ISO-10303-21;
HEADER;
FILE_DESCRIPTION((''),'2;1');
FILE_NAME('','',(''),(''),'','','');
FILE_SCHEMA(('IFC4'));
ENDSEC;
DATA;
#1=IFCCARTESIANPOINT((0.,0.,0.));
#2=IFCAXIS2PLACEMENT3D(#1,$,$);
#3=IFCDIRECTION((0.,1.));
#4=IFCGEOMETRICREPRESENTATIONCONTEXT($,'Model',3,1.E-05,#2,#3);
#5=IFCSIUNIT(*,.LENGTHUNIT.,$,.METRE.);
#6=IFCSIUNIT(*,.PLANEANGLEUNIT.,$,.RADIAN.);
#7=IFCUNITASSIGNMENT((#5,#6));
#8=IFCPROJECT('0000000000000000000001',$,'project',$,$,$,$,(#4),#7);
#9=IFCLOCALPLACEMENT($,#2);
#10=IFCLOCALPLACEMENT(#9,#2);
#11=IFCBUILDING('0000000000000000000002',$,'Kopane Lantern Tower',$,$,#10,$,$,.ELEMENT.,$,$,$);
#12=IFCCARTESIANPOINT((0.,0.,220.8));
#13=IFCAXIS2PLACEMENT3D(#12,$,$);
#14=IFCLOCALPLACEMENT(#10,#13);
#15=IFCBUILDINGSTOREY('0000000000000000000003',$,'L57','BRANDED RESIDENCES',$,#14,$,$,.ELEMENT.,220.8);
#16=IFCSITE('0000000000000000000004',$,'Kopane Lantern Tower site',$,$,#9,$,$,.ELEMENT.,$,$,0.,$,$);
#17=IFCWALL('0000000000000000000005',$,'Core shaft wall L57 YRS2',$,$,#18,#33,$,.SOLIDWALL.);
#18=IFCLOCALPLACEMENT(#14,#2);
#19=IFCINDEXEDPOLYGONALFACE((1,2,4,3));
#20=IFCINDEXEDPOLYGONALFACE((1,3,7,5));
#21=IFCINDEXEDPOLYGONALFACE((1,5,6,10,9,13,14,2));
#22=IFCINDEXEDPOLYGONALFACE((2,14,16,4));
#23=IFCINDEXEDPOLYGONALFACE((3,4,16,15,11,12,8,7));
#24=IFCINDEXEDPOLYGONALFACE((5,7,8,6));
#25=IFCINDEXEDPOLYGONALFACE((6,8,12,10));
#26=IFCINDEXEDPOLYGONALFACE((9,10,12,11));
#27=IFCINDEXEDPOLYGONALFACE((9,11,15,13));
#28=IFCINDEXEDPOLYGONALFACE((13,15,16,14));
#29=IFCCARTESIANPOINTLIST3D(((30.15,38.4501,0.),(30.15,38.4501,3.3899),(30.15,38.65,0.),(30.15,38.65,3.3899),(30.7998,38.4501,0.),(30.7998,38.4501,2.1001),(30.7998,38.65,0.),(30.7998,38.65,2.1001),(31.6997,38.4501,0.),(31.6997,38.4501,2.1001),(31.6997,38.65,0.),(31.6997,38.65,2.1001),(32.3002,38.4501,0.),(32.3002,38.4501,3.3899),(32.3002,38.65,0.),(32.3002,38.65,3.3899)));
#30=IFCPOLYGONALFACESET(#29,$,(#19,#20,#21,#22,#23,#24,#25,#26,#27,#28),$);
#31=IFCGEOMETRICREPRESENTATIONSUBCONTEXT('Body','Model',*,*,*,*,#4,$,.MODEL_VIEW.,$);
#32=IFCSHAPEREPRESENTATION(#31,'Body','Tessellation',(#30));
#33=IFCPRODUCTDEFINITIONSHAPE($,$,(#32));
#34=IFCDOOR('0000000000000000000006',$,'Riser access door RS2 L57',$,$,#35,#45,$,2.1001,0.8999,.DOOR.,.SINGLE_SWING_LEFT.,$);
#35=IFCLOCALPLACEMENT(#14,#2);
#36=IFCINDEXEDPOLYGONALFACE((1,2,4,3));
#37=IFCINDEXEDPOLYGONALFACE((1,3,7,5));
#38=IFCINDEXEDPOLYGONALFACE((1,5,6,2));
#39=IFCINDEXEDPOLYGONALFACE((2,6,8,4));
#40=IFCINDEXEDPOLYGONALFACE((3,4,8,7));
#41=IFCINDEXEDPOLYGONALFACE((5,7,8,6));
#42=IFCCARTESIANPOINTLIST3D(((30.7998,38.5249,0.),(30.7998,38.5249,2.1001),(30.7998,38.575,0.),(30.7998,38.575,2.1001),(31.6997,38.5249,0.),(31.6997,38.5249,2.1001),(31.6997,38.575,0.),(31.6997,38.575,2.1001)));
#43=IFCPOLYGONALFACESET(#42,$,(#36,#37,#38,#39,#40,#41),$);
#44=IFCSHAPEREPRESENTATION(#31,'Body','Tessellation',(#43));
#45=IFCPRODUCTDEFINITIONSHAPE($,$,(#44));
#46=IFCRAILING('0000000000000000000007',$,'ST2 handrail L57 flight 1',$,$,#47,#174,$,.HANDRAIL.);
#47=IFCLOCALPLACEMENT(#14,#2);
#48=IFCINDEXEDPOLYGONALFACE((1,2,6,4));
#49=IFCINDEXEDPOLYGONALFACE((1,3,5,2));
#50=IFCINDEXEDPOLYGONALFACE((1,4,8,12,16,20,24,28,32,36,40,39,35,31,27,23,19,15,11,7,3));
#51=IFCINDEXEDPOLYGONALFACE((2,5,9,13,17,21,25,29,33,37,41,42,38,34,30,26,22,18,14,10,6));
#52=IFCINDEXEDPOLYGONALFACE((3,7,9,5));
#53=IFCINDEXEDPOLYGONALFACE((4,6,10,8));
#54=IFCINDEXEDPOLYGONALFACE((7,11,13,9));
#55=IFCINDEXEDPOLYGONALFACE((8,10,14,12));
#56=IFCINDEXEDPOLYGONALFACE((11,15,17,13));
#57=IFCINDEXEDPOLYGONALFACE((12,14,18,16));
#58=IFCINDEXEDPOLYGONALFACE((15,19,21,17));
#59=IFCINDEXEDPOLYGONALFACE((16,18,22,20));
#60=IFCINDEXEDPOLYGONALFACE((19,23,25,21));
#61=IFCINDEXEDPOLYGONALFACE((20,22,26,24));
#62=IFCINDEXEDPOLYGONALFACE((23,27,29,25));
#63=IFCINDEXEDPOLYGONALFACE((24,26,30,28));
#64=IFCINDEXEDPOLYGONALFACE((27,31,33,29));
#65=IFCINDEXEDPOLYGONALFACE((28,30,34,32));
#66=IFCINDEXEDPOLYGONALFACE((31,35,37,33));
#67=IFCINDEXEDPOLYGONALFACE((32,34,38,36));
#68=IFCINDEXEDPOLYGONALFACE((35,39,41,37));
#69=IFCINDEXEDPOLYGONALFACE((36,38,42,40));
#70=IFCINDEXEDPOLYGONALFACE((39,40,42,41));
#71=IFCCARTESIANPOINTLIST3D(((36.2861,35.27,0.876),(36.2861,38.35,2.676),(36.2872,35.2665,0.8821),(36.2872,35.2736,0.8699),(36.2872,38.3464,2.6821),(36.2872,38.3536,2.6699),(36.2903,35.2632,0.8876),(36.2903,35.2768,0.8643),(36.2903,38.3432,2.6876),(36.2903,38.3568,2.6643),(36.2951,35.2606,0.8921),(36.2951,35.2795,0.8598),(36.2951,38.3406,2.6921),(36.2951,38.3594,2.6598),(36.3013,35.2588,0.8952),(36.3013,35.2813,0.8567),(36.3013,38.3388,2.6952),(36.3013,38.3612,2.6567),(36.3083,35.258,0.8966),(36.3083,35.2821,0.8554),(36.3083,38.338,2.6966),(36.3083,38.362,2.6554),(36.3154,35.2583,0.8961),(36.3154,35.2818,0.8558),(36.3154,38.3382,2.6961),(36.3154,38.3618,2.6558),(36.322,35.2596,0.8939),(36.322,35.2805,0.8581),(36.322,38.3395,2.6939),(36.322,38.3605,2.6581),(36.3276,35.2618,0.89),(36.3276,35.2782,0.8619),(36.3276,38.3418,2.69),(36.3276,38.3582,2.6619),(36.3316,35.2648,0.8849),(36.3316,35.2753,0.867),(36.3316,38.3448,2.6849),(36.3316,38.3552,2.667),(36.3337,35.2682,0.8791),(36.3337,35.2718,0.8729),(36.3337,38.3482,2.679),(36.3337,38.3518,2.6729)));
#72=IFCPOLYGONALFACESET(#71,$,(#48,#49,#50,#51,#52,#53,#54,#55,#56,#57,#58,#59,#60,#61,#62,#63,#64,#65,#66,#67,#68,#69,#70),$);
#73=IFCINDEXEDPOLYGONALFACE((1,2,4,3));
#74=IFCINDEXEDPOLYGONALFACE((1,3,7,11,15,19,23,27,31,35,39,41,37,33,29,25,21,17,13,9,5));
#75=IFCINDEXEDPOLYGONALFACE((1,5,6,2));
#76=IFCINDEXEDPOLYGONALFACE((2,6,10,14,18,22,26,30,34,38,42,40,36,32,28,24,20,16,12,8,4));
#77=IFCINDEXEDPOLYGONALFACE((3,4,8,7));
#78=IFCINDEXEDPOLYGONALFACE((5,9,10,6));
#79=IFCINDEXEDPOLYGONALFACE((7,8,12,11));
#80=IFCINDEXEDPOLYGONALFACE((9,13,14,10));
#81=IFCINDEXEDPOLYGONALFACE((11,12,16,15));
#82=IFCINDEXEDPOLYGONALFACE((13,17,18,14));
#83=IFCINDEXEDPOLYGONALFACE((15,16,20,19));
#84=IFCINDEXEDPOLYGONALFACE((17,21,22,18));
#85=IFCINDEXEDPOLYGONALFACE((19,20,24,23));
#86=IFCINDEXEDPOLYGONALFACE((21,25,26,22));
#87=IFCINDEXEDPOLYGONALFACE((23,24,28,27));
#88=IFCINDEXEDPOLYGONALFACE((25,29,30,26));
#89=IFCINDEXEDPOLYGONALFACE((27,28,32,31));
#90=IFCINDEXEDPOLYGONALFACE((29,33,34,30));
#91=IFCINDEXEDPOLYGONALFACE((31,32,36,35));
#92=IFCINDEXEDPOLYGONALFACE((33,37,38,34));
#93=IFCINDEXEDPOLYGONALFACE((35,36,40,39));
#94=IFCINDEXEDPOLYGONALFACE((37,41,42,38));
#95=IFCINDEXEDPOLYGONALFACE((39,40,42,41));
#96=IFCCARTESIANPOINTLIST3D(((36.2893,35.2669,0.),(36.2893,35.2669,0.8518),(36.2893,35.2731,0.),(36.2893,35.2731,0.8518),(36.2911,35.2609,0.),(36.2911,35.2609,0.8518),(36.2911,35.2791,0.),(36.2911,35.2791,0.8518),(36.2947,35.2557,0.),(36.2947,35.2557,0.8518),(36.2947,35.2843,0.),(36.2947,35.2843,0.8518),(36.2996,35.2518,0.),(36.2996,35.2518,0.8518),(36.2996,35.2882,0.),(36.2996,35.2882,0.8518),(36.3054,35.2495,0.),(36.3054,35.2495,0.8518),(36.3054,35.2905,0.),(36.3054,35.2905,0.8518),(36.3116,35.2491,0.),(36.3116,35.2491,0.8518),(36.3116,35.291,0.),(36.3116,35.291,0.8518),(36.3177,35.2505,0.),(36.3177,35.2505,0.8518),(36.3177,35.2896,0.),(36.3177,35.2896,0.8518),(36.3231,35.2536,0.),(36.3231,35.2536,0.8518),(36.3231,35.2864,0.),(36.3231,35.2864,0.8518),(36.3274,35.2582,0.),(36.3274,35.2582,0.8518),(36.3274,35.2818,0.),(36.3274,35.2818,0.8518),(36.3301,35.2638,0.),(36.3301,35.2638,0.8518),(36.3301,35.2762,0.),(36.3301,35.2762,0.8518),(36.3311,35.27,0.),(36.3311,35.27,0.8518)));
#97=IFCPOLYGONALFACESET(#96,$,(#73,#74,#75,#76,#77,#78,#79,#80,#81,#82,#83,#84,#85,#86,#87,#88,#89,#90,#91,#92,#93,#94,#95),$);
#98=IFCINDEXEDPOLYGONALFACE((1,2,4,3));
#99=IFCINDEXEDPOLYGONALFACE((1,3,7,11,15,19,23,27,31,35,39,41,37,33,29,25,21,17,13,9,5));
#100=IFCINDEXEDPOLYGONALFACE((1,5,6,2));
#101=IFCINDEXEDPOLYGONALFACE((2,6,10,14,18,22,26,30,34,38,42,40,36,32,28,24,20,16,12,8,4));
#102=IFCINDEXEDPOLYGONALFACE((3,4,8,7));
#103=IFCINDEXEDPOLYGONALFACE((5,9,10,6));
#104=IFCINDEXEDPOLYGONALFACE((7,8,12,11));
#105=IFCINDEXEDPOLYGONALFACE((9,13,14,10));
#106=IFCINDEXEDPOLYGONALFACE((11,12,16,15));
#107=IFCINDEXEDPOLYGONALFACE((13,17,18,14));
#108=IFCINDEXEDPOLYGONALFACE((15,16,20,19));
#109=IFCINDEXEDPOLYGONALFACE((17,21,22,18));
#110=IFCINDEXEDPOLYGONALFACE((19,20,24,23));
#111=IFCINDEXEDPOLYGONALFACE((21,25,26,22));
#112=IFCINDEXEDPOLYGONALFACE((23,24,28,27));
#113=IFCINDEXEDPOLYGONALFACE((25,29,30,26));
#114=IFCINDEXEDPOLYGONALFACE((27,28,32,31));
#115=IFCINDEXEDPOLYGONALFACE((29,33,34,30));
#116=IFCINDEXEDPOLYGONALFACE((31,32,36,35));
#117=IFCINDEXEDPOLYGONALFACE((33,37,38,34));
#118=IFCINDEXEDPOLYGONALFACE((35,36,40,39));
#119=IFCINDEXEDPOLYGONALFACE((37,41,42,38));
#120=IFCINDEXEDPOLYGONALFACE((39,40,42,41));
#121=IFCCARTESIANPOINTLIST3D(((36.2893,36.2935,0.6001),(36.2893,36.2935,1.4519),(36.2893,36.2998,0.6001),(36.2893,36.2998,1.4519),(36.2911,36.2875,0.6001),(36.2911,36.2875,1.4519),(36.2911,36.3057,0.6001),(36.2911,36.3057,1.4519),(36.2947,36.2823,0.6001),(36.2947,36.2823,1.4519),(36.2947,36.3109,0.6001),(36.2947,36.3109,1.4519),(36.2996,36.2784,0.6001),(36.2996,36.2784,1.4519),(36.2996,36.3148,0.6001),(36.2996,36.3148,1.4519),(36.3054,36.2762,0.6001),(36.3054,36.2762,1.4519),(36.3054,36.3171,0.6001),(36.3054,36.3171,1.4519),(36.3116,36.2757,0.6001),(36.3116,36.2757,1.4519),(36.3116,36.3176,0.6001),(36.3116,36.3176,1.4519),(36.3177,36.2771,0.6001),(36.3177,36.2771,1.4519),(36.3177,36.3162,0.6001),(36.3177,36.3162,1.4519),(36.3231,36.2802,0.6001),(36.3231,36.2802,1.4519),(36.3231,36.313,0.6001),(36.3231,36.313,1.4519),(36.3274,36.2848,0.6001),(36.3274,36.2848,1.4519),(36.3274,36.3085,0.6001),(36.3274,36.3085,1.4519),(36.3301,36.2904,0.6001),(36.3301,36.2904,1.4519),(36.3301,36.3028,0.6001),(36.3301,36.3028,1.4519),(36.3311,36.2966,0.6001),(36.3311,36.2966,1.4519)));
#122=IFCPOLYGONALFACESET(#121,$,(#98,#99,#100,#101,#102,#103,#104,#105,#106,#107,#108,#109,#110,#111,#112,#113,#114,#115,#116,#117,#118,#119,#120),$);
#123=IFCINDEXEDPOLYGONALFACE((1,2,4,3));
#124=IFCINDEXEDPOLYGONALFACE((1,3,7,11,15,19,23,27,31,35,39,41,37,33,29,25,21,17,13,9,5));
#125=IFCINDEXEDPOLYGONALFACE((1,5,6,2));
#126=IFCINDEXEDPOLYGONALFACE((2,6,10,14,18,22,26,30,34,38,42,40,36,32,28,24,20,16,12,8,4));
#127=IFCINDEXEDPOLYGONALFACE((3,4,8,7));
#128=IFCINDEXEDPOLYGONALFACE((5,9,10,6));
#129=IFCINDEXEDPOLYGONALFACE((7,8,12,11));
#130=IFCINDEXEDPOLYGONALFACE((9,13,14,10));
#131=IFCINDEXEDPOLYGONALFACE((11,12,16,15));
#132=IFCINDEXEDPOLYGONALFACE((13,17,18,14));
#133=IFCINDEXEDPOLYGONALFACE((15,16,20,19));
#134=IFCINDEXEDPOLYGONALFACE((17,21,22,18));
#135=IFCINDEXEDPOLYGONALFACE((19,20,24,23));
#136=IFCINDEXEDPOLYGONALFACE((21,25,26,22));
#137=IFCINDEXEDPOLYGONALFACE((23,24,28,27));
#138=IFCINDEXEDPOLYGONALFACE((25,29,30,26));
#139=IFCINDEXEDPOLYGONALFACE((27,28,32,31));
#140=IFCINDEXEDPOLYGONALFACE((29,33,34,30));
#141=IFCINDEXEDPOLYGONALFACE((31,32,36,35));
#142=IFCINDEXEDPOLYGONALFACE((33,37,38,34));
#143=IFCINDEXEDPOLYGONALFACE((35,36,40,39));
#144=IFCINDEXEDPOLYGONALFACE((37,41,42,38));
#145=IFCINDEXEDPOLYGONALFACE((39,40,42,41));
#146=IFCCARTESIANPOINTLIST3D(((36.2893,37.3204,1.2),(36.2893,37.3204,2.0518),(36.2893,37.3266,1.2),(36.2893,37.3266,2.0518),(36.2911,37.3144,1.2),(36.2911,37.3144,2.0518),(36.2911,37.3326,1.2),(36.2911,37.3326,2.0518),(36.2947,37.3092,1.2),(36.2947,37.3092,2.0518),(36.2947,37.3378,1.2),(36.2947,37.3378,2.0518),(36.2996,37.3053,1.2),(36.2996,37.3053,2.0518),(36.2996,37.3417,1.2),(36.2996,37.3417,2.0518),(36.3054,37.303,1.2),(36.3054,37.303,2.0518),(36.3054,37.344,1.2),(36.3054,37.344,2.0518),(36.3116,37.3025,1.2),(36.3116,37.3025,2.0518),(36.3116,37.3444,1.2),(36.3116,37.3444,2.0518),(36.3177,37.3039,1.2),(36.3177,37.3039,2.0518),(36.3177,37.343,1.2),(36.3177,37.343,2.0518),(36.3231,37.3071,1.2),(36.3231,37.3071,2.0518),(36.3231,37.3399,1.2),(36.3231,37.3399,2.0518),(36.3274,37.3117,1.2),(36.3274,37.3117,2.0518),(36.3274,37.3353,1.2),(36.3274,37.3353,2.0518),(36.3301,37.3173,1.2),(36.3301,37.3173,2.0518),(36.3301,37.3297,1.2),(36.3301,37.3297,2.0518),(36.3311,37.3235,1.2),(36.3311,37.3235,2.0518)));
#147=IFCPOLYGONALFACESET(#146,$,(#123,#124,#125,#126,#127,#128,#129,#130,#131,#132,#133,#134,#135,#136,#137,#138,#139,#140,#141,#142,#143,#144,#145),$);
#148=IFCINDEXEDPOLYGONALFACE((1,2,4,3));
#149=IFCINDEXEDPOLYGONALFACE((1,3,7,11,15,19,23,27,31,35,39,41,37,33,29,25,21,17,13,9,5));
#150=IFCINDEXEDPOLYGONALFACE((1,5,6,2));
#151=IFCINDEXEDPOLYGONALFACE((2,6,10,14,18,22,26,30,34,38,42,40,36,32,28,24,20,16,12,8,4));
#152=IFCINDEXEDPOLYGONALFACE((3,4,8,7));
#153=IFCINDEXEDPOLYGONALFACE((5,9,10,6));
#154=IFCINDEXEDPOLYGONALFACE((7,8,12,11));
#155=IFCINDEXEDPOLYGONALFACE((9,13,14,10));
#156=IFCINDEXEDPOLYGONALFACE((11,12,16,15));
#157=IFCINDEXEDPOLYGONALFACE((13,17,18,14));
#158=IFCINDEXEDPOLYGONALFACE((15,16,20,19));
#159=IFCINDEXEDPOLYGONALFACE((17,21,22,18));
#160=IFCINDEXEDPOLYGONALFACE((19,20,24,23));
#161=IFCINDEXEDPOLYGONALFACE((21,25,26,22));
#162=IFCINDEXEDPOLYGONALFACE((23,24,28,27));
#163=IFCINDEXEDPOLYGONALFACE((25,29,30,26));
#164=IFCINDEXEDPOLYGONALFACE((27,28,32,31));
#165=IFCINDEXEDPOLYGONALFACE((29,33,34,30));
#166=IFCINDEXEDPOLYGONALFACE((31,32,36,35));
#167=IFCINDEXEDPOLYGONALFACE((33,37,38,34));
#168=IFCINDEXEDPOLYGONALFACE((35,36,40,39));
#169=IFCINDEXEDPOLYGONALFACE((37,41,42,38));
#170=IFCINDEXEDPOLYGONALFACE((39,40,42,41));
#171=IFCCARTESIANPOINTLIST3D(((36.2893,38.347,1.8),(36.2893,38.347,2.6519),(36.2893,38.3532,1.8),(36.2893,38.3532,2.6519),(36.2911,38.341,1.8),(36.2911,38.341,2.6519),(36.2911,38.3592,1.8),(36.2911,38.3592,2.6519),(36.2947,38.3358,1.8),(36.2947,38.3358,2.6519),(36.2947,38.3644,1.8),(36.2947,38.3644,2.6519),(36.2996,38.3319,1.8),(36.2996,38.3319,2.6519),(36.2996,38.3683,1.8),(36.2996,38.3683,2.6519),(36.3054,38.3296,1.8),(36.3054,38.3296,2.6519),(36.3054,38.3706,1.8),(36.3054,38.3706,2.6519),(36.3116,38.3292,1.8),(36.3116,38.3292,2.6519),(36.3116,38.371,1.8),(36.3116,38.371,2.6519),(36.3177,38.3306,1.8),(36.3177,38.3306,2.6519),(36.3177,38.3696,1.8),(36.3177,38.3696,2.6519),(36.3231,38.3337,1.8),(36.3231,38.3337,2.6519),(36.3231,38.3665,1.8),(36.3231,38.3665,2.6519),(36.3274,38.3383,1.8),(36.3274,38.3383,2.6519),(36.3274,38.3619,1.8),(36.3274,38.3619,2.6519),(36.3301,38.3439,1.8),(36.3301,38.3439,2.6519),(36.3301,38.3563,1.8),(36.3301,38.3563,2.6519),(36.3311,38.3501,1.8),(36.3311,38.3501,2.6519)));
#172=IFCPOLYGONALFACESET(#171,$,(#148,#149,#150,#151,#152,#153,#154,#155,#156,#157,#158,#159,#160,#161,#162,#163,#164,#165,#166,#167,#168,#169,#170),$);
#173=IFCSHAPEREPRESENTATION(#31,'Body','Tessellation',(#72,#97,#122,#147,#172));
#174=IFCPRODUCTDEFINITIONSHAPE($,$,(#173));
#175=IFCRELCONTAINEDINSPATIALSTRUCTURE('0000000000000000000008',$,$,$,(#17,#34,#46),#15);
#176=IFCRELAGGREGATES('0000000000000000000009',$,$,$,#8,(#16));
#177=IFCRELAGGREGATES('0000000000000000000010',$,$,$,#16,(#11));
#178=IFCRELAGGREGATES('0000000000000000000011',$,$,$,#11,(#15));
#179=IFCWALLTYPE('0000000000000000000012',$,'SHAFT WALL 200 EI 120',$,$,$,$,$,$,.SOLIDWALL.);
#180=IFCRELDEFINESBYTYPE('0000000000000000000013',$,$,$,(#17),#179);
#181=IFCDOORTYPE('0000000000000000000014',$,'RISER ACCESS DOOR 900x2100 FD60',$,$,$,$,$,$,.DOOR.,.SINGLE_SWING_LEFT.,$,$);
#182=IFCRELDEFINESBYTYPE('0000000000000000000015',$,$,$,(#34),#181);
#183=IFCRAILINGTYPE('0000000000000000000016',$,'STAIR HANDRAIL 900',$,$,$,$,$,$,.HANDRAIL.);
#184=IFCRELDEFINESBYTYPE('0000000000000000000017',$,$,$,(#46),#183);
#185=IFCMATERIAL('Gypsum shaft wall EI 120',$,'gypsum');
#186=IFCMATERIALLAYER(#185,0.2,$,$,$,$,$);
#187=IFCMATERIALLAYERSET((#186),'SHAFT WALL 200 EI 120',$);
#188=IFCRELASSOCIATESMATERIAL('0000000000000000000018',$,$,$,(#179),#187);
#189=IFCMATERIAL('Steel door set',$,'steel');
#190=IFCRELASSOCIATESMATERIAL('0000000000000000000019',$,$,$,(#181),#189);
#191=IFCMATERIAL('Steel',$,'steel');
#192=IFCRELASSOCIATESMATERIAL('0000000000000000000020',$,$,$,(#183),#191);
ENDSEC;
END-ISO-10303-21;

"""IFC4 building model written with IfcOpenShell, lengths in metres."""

from ifc_helpers import new_model, si_unit, direction, frame, frame_2d, origin, origin_2d, place, context, subcontext, project, spatial, rectangle, circle, extrude, material, layer, layer_set, type_object, element, fill, save


model = new_model("IFC4")

# Units and contexts
model_context = context("Model", 3, precision=1e-05, world=origin(), true_north=direction((0.0, 1.0)))
body_context = subcontext(model_context, "Body", "Model", "MODEL_VIEW")
ifc_project = project(units=[si_unit("LENGTHUNIT", "METRE"), si_unit("PLANEANGLEUNIT", "RADIAN")], contexts=[model_context])

# Site, building, storey
site_placement = place(None, origin())
site = spatial("IfcSite", under=ifc_project, at=site_placement, Name="Kopane Lantern Tower site", CompositionType="ELEMENT", RefElevation=0.0)
building_placement = place(site_placement, origin())
building = spatial("IfcBuilding", under=site, at=building_placement, Name="Kopane Lantern Tower", CompositionType="ELEMENT")
storey_placement = place(building_placement, frame((0.0, 0.0, 220.8)))
storey = spatial("IfcBuildingStorey", under=building, at=storey_placement, Name="L57", Description="BRANDED RESIDENCES", CompositionType="ELEMENT", Elevation=220.8)

# Shared definitions
ifc_material_1 = material(Name="Gypsum shaft wall EI 120", Category="gypsum")
ifc_layer_1 = layer(ifc_material_1, 0.2)
ifc_layer_set_1 = layer_set([ifc_layer_1], Name="SHAFT WALL 200 EI 120")
wall_type_1 = type_object("IfcWallType", Name="SHAFT WALL 200 EI 120", PredefinedType="SOLIDWALL", material=ifc_layer_set_1)

# Wall, opening, door
wall_1_placement = place(storey_placement, frame((30.1499, 38.55, 0.0), z_axis=(0.0, 0.0, 1.0), x_axis=(1.0, 0.0, 0.0)))
wall_1 = element("IfcWall", 1, at=wall_1_placement, inside=storey, type_object=wall_type_1, Name="Core shaft wall L57 YRS2", PredefinedType="SOLIDWALL", context=body_context, shape_type="SweptSolid", body=[
    extrude(rectangle(XDim=2.1501, YDim=0.2, at=frame_2d((1.0752, 0.0))), origin(), (0.0, 0.0, 1.0), 3.3899),
])
opening_1_placement = place(wall_1_placement, frame((0.6499, 0.0, 0.0)))
opening_1 = element("IfcOpeningElement", 2, at=opening_1_placement, cuts=wall_1, PredefinedType="OPENING", context=body_context, shape_type="SweptSolid", body=[
    extrude(rectangle(XDim=0.8999, YDim=2.1001, at=frame_2d((0.45, 1.05))), frame((0.0, 0.1099, 0.0), z_axis=(0.0, -1.0, 0.0), x_axis=(1.0, 0.0, 0.0)), (0.0, 0.0, 1.0), 0.22),
])
ifc_material_2 = material(Name="Steel door set", Category="steel")
door_type_1 = type_object("IfcDoorType", Name="RISER ACCESS DOOR 900x2100 FD60", OperationType="SINGLE_SWING_LEFT", PredefinedType="DOOR", material=ifc_material_2)
door_1_placement = place(opening_1_placement, origin())
door_1 = element("IfcDoor", 3, at=door_1_placement, inside=storey, type_object=door_type_1, Name="Riser access door RS2 L57", OperationType="SINGLE_SWING_LEFT", OverallHeight=2.1001, OverallWidth=0.8999, PredefinedType="DOOR", context=body_context, shape_type="SweptSolid", body=[
    extrude(rectangle(XDim=0.8999, YDim=2.1001, at=frame_2d((0.45, 1.05))), frame((0.0, 0.0249, 0.0), z_axis=(0.0, -1.0, 0.0), x_axis=(1.0, 0.0, 0.0)), (0.0, 0.0, 1.0), 0.05),
])
fill(opening_1, door_1)

# Railing
ifc_material_3 = material(Name="Steel", Category="steel")
railing_type_1 = type_object("IfcRailingType", Name="STAIR HANDRAIL 900", PredefinedType="HANDRAIL", material=ifc_material_3)
for number, where, name in (
    (4, (36.3101, 35.27, 0.0), "ST2 handrail L57 flight 1"),
):
    element("IfcRailing", number, at=place(storey_placement, frame(where)), inside=storey, type_object=railing_type_1, Name=name, PredefinedType="HANDRAIL", context=body_context, shape_type="SweptSolid", body=[
        extrude(circle(Radius=0.0239, at=origin_2d()), frame((0.0, 0.0, 0.876), z_axis=(0.0, 0.863372, 0.504569), x_axis=(-1.0, 0.0, 0.0)), (0.0, 0.0, 1.0), 3.5674),
        extrude(circle(Radius=0.021, at=origin_2d()), origin(), (0.0, 0.0, 1.0), 0.8518),
        extrude(circle(Radius=0.021, at=origin_2d()), frame((0.0, 1.0266, 0.6001)), (0.0, 0.0, 1.0), 0.8518),
        extrude(circle(Radius=0.021, at=origin_2d()), frame((0.0, 2.0535, 1.2)), (0.0, 0.0, 1.0), 0.8518),
        extrude(circle(Radius=0.021, at=origin_2d()), frame((0.0, 3.0801, 1.8)), (0.0, 0.0, 1.0), 0.8518),
    ])

save(model, "model.ifc")
